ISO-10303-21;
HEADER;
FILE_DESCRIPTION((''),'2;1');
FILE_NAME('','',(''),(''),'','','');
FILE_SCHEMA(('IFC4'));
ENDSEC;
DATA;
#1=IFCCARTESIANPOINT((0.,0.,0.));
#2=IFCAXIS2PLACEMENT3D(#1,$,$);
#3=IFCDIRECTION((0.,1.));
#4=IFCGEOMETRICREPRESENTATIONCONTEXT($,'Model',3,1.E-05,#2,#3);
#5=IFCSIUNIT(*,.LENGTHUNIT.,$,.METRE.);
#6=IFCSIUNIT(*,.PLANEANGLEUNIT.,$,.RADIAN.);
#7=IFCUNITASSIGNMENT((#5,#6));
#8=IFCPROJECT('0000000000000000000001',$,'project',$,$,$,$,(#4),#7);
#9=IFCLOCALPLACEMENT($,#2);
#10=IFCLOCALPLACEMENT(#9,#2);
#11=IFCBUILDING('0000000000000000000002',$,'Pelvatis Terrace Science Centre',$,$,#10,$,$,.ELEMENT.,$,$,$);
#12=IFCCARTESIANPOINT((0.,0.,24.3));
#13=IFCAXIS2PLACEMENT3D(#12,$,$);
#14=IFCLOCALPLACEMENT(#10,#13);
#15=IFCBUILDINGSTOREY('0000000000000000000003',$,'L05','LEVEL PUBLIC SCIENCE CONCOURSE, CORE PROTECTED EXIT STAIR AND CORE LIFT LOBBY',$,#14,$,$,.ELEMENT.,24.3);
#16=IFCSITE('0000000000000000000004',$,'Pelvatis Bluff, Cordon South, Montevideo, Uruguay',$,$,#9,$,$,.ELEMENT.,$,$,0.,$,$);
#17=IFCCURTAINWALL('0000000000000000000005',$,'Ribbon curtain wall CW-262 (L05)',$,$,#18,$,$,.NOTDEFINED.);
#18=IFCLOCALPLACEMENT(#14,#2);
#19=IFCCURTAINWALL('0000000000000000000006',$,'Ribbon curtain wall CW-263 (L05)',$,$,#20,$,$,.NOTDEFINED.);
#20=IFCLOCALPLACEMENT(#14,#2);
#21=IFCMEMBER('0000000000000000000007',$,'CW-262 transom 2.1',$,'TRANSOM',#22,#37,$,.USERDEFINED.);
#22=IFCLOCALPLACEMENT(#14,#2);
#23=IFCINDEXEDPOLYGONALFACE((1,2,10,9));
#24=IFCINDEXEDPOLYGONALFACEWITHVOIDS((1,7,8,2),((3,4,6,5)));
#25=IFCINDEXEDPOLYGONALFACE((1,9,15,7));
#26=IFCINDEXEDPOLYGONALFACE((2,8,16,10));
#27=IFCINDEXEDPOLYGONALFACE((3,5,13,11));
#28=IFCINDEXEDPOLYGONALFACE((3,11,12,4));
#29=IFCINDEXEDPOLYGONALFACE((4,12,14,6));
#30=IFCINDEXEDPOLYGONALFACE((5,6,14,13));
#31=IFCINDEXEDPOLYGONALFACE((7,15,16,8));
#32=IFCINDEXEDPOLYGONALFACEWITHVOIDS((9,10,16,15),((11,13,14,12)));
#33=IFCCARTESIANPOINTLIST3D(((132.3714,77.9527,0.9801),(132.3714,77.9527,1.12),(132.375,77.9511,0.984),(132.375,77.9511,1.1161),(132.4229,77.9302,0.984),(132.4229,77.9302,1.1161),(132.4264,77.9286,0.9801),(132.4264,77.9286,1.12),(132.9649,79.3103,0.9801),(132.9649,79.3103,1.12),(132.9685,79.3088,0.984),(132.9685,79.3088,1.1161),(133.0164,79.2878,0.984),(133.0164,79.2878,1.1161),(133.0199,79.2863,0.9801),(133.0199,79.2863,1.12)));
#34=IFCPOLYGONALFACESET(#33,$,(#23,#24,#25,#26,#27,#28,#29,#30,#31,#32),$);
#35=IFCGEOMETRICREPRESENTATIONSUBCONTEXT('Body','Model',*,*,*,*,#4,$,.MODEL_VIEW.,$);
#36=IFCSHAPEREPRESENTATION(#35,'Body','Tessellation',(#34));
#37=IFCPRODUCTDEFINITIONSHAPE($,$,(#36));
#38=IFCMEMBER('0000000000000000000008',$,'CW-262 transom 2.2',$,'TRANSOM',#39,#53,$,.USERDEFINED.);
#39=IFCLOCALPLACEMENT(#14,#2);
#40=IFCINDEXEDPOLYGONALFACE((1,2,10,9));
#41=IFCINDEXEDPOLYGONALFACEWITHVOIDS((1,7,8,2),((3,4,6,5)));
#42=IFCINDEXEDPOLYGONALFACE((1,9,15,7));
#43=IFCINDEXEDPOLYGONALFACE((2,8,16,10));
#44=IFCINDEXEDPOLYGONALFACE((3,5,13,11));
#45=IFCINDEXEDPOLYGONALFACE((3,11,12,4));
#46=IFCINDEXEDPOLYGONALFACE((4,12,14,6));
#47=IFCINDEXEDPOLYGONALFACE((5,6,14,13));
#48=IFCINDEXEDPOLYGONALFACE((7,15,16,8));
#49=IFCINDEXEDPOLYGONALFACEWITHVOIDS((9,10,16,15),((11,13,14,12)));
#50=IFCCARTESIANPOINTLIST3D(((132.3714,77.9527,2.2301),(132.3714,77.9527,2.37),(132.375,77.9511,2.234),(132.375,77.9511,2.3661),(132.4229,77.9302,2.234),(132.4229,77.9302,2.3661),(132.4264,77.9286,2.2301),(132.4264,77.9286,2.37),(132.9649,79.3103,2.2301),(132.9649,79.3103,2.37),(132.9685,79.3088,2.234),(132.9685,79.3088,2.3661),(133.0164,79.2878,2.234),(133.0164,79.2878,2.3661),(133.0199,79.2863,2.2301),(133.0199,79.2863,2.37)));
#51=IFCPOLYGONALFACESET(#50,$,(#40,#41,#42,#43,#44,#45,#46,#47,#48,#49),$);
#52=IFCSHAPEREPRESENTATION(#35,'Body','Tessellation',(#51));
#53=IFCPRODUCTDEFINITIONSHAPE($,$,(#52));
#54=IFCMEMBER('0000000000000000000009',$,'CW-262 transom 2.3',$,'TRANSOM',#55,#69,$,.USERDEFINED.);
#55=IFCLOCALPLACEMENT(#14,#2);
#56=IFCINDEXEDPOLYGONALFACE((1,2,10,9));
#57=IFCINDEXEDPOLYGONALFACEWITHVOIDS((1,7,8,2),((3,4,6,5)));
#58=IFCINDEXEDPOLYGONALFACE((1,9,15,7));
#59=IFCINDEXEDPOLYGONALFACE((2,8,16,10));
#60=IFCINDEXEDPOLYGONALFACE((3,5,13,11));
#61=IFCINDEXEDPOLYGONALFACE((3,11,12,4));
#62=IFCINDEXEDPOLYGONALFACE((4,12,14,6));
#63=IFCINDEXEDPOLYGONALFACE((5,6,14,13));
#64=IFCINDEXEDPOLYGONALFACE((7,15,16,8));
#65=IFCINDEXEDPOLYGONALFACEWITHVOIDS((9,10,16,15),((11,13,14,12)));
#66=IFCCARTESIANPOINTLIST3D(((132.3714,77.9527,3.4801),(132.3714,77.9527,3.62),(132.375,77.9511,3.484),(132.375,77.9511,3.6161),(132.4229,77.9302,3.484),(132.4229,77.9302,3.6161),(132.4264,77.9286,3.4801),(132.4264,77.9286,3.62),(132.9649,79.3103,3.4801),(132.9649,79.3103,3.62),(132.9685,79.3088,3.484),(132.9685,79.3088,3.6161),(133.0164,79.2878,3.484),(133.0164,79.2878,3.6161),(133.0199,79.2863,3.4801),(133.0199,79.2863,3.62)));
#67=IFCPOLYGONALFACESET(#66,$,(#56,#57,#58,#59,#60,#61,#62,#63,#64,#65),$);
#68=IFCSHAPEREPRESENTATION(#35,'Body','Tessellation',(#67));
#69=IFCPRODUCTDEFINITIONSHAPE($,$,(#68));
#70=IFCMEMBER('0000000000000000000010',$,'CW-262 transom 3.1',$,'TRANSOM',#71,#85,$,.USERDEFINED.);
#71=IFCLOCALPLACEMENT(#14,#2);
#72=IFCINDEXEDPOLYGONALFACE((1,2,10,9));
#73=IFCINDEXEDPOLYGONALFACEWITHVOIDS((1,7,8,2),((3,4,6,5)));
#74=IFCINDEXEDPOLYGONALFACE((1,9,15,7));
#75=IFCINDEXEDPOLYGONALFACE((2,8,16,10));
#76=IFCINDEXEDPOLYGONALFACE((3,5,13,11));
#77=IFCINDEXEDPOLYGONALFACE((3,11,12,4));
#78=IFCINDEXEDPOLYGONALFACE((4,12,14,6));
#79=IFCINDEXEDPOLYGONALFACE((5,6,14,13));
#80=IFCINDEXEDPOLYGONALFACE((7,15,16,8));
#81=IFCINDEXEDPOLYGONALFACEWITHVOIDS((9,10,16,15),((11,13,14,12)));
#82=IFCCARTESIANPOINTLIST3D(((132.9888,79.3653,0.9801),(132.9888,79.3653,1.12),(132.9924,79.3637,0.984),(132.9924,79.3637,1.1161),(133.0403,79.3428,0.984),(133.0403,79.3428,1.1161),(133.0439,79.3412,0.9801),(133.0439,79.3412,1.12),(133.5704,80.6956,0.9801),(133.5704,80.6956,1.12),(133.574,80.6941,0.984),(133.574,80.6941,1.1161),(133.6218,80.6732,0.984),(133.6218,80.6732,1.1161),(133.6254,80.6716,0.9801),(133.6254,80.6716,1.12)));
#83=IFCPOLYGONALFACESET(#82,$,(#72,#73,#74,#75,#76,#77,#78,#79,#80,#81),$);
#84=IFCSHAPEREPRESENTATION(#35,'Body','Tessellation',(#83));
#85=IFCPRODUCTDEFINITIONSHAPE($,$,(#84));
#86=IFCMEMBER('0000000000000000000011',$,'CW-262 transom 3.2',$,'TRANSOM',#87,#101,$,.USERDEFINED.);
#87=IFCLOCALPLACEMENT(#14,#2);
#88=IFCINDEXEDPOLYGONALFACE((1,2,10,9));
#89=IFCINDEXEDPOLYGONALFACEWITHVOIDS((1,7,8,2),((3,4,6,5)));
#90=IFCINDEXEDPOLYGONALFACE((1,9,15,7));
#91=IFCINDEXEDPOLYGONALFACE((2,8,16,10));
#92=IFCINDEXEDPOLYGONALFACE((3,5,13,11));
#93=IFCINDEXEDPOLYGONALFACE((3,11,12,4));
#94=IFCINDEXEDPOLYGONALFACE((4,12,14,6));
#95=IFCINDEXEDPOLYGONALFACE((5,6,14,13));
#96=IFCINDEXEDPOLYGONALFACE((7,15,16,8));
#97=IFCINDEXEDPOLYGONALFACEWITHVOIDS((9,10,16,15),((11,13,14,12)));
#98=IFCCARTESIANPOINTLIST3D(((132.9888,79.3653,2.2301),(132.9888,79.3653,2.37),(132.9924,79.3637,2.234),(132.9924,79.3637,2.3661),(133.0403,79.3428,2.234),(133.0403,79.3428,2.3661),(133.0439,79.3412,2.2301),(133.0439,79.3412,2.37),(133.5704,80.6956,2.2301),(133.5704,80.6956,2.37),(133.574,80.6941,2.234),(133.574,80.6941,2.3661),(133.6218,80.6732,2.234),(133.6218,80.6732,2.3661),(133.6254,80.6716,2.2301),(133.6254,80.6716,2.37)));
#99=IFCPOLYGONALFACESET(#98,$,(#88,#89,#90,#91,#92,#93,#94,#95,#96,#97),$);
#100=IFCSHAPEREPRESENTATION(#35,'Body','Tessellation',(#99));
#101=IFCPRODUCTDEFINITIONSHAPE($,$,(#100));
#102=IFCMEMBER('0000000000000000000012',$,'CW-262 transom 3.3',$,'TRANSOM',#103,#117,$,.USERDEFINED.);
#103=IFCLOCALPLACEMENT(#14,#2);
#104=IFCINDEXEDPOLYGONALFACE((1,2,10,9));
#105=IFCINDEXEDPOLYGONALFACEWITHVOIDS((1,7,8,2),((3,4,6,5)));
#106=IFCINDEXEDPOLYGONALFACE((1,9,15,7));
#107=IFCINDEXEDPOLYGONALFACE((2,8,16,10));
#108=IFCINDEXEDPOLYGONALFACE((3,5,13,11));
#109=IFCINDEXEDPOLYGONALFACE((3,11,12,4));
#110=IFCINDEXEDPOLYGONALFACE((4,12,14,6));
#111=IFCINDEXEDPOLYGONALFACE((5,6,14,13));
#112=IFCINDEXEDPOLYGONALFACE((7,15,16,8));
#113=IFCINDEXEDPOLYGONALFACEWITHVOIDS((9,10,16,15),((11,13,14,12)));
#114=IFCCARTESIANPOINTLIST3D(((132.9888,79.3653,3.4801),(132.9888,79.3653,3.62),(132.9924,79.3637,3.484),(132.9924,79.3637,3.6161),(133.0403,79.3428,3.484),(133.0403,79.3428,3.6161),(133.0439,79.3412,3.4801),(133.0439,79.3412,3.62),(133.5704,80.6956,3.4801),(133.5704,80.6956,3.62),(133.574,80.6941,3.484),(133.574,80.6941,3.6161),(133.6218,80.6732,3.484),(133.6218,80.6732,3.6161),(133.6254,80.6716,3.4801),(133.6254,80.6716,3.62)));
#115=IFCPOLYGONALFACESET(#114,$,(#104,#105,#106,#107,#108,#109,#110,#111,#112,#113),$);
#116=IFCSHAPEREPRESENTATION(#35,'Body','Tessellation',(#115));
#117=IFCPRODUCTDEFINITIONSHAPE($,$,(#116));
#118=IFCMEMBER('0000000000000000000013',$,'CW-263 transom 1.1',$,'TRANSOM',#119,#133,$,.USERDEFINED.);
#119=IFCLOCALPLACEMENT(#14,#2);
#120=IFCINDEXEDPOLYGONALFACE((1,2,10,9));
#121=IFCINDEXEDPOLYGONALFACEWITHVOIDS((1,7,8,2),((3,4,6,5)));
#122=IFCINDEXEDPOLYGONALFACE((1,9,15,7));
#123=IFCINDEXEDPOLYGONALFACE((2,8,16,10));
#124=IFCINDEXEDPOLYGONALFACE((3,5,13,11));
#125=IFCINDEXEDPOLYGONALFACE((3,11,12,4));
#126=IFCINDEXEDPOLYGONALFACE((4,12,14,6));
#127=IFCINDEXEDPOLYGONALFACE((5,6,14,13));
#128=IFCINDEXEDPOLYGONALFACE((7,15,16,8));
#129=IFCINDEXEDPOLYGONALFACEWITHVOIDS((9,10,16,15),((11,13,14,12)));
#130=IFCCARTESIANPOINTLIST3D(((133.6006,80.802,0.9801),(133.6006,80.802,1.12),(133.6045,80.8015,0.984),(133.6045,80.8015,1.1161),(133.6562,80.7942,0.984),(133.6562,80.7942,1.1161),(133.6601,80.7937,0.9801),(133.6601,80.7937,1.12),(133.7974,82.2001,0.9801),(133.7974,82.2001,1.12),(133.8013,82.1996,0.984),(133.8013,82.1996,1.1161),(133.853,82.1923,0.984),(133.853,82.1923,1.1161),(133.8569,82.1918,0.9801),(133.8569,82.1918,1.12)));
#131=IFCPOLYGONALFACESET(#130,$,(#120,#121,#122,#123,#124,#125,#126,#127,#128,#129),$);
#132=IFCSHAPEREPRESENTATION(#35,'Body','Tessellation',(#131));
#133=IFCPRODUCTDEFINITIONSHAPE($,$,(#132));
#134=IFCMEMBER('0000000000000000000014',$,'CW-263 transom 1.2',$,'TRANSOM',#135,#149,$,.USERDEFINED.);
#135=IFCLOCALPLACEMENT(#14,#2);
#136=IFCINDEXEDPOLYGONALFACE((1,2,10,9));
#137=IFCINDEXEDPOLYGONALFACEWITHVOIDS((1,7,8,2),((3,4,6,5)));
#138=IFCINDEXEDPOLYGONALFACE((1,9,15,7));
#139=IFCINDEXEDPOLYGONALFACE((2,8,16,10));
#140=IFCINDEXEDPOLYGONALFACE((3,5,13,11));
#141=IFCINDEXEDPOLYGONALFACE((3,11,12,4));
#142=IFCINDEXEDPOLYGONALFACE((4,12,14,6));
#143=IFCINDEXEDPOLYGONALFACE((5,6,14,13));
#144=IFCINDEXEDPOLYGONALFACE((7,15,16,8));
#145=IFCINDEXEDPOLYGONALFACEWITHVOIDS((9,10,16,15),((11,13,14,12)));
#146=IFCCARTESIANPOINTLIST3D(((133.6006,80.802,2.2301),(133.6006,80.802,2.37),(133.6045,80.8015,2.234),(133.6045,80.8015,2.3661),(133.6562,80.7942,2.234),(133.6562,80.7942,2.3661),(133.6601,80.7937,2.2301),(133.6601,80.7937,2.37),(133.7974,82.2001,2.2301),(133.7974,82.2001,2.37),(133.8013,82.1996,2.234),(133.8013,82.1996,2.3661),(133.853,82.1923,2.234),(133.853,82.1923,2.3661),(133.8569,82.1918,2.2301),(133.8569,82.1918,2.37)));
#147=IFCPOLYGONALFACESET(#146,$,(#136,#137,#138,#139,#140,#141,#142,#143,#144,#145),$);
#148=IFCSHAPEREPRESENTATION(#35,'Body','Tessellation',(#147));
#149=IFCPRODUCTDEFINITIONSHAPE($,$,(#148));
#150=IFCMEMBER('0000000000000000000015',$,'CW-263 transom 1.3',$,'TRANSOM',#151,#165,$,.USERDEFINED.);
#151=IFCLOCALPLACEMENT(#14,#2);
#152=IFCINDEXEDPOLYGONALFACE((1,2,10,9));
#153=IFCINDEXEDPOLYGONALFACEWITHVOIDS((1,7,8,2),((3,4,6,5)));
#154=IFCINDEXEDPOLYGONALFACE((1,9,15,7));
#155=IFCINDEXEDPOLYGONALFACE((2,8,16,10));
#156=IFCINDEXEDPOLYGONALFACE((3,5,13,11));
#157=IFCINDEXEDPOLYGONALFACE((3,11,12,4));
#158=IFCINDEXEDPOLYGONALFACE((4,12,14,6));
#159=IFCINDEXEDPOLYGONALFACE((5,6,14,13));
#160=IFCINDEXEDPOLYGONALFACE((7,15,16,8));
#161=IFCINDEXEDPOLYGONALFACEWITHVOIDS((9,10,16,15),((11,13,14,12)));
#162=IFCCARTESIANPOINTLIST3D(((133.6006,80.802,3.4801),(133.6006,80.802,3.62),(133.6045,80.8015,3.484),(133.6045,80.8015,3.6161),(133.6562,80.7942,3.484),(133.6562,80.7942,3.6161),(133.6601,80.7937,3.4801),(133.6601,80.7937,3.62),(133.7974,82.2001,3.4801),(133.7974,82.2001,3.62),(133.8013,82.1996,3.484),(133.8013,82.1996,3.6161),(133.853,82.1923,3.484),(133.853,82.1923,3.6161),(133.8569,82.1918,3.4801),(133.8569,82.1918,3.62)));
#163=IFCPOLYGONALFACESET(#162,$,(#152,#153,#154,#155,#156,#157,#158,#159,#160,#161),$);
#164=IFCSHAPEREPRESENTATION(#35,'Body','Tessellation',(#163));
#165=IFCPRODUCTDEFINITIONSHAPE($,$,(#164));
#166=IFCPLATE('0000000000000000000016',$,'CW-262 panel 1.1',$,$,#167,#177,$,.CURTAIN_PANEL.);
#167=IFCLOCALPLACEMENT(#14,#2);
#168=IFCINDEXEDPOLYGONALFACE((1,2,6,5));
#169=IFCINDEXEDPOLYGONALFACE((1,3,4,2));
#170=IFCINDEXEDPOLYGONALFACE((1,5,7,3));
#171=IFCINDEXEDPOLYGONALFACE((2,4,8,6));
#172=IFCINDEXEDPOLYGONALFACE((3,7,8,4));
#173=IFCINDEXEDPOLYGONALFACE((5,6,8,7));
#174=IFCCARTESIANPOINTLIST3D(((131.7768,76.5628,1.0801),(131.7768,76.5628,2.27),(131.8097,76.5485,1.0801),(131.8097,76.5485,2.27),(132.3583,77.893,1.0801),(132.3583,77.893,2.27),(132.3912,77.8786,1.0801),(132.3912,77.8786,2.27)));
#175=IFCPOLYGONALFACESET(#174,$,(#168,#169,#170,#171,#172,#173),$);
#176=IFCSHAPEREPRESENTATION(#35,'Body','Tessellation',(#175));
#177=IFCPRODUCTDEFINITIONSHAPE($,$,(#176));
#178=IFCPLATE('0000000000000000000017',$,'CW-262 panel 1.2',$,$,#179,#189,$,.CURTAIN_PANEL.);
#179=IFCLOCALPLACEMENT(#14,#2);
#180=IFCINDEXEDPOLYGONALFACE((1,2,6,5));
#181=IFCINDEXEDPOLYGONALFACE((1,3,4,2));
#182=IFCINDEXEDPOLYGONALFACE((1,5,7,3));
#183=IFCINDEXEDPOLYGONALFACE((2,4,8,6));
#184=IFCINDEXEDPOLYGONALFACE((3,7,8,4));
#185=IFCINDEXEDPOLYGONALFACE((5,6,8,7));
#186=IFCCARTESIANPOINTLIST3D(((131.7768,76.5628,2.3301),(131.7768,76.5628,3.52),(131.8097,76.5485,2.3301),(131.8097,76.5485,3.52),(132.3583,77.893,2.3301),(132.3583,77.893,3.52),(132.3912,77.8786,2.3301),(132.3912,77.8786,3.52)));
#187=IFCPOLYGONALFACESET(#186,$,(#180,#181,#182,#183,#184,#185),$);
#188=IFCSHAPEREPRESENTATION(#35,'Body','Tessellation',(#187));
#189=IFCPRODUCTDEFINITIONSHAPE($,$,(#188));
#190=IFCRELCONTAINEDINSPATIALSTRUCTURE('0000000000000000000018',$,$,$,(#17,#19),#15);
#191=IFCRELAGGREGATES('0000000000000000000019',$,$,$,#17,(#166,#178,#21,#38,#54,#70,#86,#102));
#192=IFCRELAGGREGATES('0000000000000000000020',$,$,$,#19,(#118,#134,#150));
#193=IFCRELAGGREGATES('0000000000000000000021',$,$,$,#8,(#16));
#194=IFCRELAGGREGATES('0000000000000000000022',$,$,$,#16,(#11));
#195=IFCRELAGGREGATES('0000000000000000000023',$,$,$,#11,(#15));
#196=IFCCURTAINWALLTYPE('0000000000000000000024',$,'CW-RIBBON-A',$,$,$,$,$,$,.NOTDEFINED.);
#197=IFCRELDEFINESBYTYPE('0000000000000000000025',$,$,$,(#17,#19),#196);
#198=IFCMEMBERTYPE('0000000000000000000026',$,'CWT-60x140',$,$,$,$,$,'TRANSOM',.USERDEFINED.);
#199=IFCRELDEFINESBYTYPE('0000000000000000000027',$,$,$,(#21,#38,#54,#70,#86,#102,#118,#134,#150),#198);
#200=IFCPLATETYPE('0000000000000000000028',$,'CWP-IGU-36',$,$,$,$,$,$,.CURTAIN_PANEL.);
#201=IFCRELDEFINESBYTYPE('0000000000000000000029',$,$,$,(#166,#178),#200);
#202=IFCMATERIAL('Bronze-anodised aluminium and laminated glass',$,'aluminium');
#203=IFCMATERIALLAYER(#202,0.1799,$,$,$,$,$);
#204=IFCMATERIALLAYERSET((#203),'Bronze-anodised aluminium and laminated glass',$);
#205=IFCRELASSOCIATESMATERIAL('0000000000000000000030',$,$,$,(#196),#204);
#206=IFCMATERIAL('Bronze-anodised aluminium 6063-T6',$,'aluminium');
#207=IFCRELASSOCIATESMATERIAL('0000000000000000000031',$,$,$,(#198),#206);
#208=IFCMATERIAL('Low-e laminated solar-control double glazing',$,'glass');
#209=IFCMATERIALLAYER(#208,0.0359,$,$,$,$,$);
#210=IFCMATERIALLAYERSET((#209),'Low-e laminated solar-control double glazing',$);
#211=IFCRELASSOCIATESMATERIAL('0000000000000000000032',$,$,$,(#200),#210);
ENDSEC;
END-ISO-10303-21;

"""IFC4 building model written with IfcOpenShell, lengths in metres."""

from ifc_helpers import new_model, si_unit, direction, frame, origin, origin_2d, place, context, subcontext, project, spatial, rectangle, hollow_rectangle, extrude, material, layer, layer_set, material_profile, profile_set, type_object, element, aggregate, save


model = new_model("IFC4")

# Units and contexts
model_context = context("Model", 3, precision=1e-05, world=origin(), true_north=direction((0.0, 1.0)))
body_context = subcontext(model_context, "Body", "Model", "MODEL_VIEW")
ifc_project = project(units=[si_unit("LENGTHUNIT", "METRE"), si_unit("PLANEANGLEUNIT", "RADIAN")], contexts=[model_context])

# Site, building, storey
site_placement = place(None, origin())
site = spatial("IfcSite", under=ifc_project, at=site_placement, Name="Pelvatis Bluff, Cordon South, Montevideo, Uruguay", CompositionType="ELEMENT", RefElevation=0.0)
building_placement = place(site_placement, origin())
building = spatial("IfcBuilding", under=site, at=building_placement, Name="Pelvatis Terrace Science Centre", CompositionType="ELEMENT")
storey_placement = place(building_placement, frame((0.0, 0.0, 24.3)))
storey = spatial("IfcBuildingStorey", under=building, at=storey_placement, Name="L05", Description="LEVEL PUBLIC SCIENCE CONCOURSE, CORE PROTECTED EXIT STAIR AND CORE LIFT LOBBY", CompositionType="ELEMENT", Elevation=24.3)

# Curtain walls
ifc_material_1 = material(Name="Bronze-anodised aluminium and laminated glass", Category="aluminium")
ifc_layer_1 = layer(ifc_material_1, 0.1799)
ifc_layer_set_1 = layer_set([ifc_layer_1], Name="Bronze-anodised aluminium and laminated glass")
curtain_wall_type = type_object("IfcCurtainWallType", Name="CW-RIBBON-A", PredefinedType="NOTDEFINED", material=ifc_layer_set_1)
curtain_wall_1_placement = place(storey_placement, origin())
curtain_wall_1 = element("IfcCurtainWall", 1, at=curtain_wall_1_placement, inside=storey, type_object=curtain_wall_type, Name="Ribbon curtain wall CW-262 (L05)", PredefinedType="NOTDEFINED")
curtain_wall_2_placement = place(storey_placement, origin())
curtain_wall_2 = element("IfcCurtainWall", 2, at=curtain_wall_2_placement, inside=storey, type_object=curtain_wall_type, Name="Ribbon curtain wall CW-263 (L05)", PredefinedType="NOTDEFINED")

# Members
ifc_material_2 = material(Name="Bronze-anodised aluminium 6063-T6", Category="aluminium")
ifc_material_profile_1 = material_profile(ifc_material_2, hollow_rectangle(XDim=0.0601, YDim=0.1399, WallThickness=0.0039, at=origin_2d()), Name="ALU-TRN 60x140")
ifc_profile_set_1 = profile_set([ifc_material_profile_1], Name="Bronze-anodised aluminium 6063-T6")
member_type_1 = type_object("IfcMemberType", Name="CWT-60x140", ElementType="TRANSOM", PredefinedType="USERDEFINED", material=ifc_profile_set_1)
member_1_placement = place(storey_placement, frame((132.3989, 77.9407, 1.05), z_axis=(0.400551, 0.916275, 0.0), x_axis=(-0.916275, 0.400551, 0.0)))
member_1 = element("IfcMember", 3, at=member_1_placement, type_object=member_type_1, Name="CW-262 transom 2.1", ObjectType="TRANSOM", PredefinedType="USERDEFINED", context=body_context, shape_type="SweptSolid", body=[
    extrude(hollow_rectangle(XDim=0.0601, YDim=0.1399, WallThickness=0.0039, at=origin_2d()), origin(), (0.0, 0.0, 1.0), 1.4817),
])
member_2_placement = place(storey_placement, frame((132.3989, 77.9407, 2.3), z_axis=(0.400551, 0.916275, 0.0), x_axis=(-0.916275, 0.400551, 0.0)))
member_2 = element("IfcMember", 4, at=member_2_placement, type_object=member_type_1, Name="CW-262 transom 2.2", ObjectType="TRANSOM", PredefinedType="USERDEFINED", context=body_context, shape_type="SweptSolid", body=[
    extrude(hollow_rectangle(XDim=0.0601, YDim=0.1399, WallThickness=0.0039, at=origin_2d()), origin(), (0.0, 0.0, 1.0), 1.4817),
])
member_3_placement = place(storey_placement, frame((132.3989, 77.9407, 3.55), z_axis=(0.400551, 0.916275, 0.0), x_axis=(-0.916275, 0.400551, 0.0)))
member_3 = element("IfcMember", 5, at=member_3_placement, type_object=member_type_1, Name="CW-262 transom 2.3", ObjectType="TRANSOM", PredefinedType="USERDEFINED", context=body_context, shape_type="SweptSolid", body=[
    extrude(hollow_rectangle(XDim=0.0601, YDim=0.1399, WallThickness=0.0039, at=origin_2d()), origin(), (0.0, 0.0, 1.0), 1.4817),
])
member_4_placement = place(storey_placement, frame((133.0164, 79.3533, 1.05), z_axis=(0.400545, 0.916277, 0.0), x_axis=(-0.916277, 0.400545, 0.0)))
member_4 = element("IfcMember", 6, at=member_4_placement, type_object=member_type_1, Name="CW-262 transom 3.1", ObjectType="TRANSOM", PredefinedType="USERDEFINED", context=body_context, shape_type="SweptSolid", body=[
    extrude(hollow_rectangle(XDim=0.0601, YDim=0.1399, WallThickness=0.0039, at=origin_2d()), origin(), (0.0, 0.0, 1.0), 1.4519),
])
member_5_placement = place(storey_placement, frame((133.0164, 79.3533, 2.3), z_axis=(0.400545, 0.916277, 0.0), x_axis=(-0.916277, 0.400545, 0.0)))
member_5 = element("IfcMember", 7, at=member_5_placement, type_object=member_type_1, Name="CW-262 transom 3.2", ObjectType="TRANSOM", PredefinedType="USERDEFINED", context=body_context, shape_type="SweptSolid", body=[
    extrude(hollow_rectangle(XDim=0.0601, YDim=0.1399, WallThickness=0.0039, at=origin_2d()), origin(), (0.0, 0.0, 1.0), 1.4519),
])
member_6_placement = place(storey_placement, frame((133.0164, 79.3533, 3.55), z_axis=(0.400545, 0.916277, 0.0), x_axis=(-0.916277, 0.400545, 0.0)))
member_6 = element("IfcMember", 8, at=member_6_placement, type_object=member_type_1, Name="CW-262 transom 3.3", ObjectType="TRANSOM", PredefinedType="USERDEFINED", context=body_context, shape_type="SweptSolid", body=[
    extrude(hollow_rectangle(XDim=0.0601, YDim=0.1399, WallThickness=0.0039, at=origin_2d()), origin(), (0.0, 0.0, 1.0), 1.4519),
])
member_7_placement = place(storey_placement, frame((133.6304, 80.7979, 1.05), z_axis=(0.139363, 0.990241, 0.0), x_axis=(-0.990241, 0.139363, 0.0)))
member_7 = element("IfcMember", 9, at=member_7_placement, type_object=member_type_1, Name="CW-263 transom 1.1", ObjectType="TRANSOM", PredefinedType="USERDEFINED", context=body_context, shape_type="SweptSolid", body=[
    extrude(hollow_rectangle(XDim=0.0601, YDim=0.1399, WallThickness=0.0039, at=origin_2d()), origin(), (0.0, 0.0, 1.0), 1.4119),
])
member_8_placement = place(storey_placement, frame((133.6304, 80.7979, 2.3), z_axis=(0.139363, 0.990241, 0.0), x_axis=(-0.990241, 0.139363, 0.0)))
member_8 = element("IfcMember", 10, at=member_8_placement, type_object=member_type_1, Name="CW-263 transom 1.2", ObjectType="TRANSOM", PredefinedType="USERDEFINED", context=body_context, shape_type="SweptSolid", body=[
    extrude(hollow_rectangle(XDim=0.0601, YDim=0.1399, WallThickness=0.0039, at=origin_2d()), origin(), (0.0, 0.0, 1.0), 1.4119),
])
member_9_placement = place(storey_placement, frame((133.6304, 80.7979, 3.55), z_axis=(0.139363, 0.990241, 0.0), x_axis=(-0.990241, 0.139363, 0.0)))
member_9 = element("IfcMember", 11, at=member_9_placement, type_object=member_type_1, Name="CW-263 transom 1.3", ObjectType="TRANSOM", PredefinedType="USERDEFINED", context=body_context, shape_type="SweptSolid", body=[
    extrude(hollow_rectangle(XDim=0.0601, YDim=0.1399, WallThickness=0.0039, at=origin_2d()), origin(), (0.0, 0.0, 1.0), 1.4119),
])

# Plates
ifc_material_3 = material(Name="Low-e laminated solar-control double glazing", Category="glass")
ifc_layer_2 = layer(ifc_material_3, 0.0359)
ifc_layer_set_2 = layer_set([ifc_layer_2], Name="Low-e laminated solar-control double glazing")
plate_type = type_object("IfcPlateType", Name="CWP-IGU-36", PredefinedType="CURTAIN_PANEL", material=ifc_layer_set_2)
plate_1_placement = place(storey_placement, frame((132.084, 77.2207, 1.0801), z_axis=(0.0, 0.0, 1.0), x_axis=(0.40055, 0.916275, 0.0)))
plate_1 = element("IfcPlate", 12, at=plate_1_placement, type_object=plate_type, Name="CW-262 panel 1.1", PredefinedType="CURTAIN_PANEL", context=body_context, shape_type="SweptSolid", body=[
    extrude(rectangle(XDim=1.4517, YDim=0.0359, at=origin_2d()), origin(), (0.0, 0.0, 1.0), 1.1899),
])
plate_2_placement = place(storey_placement, frame((132.084, 77.2207, 2.3301), z_axis=(0.0, 0.0, 1.0), x_axis=(0.40055, 0.916275, 0.0)))
plate_2 = element("IfcPlate", 13, at=plate_2_placement, type_object=plate_type, Name="CW-262 panel 1.2", PredefinedType="CURTAIN_PANEL", context=body_context, shape_type="SweptSolid", body=[
    extrude(rectangle(XDim=1.4517, YDim=0.0359, at=origin_2d()), origin(), (0.0, 0.0, 1.0), 1.1899),
])
aggregate(curtain_wall_1, [plate_1, plate_2, member_1, member_2, member_3, member_4, member_5, member_6])
aggregate(curtain_wall_2, [member_7, member_8, member_9])

save(model, "model.ifc")
